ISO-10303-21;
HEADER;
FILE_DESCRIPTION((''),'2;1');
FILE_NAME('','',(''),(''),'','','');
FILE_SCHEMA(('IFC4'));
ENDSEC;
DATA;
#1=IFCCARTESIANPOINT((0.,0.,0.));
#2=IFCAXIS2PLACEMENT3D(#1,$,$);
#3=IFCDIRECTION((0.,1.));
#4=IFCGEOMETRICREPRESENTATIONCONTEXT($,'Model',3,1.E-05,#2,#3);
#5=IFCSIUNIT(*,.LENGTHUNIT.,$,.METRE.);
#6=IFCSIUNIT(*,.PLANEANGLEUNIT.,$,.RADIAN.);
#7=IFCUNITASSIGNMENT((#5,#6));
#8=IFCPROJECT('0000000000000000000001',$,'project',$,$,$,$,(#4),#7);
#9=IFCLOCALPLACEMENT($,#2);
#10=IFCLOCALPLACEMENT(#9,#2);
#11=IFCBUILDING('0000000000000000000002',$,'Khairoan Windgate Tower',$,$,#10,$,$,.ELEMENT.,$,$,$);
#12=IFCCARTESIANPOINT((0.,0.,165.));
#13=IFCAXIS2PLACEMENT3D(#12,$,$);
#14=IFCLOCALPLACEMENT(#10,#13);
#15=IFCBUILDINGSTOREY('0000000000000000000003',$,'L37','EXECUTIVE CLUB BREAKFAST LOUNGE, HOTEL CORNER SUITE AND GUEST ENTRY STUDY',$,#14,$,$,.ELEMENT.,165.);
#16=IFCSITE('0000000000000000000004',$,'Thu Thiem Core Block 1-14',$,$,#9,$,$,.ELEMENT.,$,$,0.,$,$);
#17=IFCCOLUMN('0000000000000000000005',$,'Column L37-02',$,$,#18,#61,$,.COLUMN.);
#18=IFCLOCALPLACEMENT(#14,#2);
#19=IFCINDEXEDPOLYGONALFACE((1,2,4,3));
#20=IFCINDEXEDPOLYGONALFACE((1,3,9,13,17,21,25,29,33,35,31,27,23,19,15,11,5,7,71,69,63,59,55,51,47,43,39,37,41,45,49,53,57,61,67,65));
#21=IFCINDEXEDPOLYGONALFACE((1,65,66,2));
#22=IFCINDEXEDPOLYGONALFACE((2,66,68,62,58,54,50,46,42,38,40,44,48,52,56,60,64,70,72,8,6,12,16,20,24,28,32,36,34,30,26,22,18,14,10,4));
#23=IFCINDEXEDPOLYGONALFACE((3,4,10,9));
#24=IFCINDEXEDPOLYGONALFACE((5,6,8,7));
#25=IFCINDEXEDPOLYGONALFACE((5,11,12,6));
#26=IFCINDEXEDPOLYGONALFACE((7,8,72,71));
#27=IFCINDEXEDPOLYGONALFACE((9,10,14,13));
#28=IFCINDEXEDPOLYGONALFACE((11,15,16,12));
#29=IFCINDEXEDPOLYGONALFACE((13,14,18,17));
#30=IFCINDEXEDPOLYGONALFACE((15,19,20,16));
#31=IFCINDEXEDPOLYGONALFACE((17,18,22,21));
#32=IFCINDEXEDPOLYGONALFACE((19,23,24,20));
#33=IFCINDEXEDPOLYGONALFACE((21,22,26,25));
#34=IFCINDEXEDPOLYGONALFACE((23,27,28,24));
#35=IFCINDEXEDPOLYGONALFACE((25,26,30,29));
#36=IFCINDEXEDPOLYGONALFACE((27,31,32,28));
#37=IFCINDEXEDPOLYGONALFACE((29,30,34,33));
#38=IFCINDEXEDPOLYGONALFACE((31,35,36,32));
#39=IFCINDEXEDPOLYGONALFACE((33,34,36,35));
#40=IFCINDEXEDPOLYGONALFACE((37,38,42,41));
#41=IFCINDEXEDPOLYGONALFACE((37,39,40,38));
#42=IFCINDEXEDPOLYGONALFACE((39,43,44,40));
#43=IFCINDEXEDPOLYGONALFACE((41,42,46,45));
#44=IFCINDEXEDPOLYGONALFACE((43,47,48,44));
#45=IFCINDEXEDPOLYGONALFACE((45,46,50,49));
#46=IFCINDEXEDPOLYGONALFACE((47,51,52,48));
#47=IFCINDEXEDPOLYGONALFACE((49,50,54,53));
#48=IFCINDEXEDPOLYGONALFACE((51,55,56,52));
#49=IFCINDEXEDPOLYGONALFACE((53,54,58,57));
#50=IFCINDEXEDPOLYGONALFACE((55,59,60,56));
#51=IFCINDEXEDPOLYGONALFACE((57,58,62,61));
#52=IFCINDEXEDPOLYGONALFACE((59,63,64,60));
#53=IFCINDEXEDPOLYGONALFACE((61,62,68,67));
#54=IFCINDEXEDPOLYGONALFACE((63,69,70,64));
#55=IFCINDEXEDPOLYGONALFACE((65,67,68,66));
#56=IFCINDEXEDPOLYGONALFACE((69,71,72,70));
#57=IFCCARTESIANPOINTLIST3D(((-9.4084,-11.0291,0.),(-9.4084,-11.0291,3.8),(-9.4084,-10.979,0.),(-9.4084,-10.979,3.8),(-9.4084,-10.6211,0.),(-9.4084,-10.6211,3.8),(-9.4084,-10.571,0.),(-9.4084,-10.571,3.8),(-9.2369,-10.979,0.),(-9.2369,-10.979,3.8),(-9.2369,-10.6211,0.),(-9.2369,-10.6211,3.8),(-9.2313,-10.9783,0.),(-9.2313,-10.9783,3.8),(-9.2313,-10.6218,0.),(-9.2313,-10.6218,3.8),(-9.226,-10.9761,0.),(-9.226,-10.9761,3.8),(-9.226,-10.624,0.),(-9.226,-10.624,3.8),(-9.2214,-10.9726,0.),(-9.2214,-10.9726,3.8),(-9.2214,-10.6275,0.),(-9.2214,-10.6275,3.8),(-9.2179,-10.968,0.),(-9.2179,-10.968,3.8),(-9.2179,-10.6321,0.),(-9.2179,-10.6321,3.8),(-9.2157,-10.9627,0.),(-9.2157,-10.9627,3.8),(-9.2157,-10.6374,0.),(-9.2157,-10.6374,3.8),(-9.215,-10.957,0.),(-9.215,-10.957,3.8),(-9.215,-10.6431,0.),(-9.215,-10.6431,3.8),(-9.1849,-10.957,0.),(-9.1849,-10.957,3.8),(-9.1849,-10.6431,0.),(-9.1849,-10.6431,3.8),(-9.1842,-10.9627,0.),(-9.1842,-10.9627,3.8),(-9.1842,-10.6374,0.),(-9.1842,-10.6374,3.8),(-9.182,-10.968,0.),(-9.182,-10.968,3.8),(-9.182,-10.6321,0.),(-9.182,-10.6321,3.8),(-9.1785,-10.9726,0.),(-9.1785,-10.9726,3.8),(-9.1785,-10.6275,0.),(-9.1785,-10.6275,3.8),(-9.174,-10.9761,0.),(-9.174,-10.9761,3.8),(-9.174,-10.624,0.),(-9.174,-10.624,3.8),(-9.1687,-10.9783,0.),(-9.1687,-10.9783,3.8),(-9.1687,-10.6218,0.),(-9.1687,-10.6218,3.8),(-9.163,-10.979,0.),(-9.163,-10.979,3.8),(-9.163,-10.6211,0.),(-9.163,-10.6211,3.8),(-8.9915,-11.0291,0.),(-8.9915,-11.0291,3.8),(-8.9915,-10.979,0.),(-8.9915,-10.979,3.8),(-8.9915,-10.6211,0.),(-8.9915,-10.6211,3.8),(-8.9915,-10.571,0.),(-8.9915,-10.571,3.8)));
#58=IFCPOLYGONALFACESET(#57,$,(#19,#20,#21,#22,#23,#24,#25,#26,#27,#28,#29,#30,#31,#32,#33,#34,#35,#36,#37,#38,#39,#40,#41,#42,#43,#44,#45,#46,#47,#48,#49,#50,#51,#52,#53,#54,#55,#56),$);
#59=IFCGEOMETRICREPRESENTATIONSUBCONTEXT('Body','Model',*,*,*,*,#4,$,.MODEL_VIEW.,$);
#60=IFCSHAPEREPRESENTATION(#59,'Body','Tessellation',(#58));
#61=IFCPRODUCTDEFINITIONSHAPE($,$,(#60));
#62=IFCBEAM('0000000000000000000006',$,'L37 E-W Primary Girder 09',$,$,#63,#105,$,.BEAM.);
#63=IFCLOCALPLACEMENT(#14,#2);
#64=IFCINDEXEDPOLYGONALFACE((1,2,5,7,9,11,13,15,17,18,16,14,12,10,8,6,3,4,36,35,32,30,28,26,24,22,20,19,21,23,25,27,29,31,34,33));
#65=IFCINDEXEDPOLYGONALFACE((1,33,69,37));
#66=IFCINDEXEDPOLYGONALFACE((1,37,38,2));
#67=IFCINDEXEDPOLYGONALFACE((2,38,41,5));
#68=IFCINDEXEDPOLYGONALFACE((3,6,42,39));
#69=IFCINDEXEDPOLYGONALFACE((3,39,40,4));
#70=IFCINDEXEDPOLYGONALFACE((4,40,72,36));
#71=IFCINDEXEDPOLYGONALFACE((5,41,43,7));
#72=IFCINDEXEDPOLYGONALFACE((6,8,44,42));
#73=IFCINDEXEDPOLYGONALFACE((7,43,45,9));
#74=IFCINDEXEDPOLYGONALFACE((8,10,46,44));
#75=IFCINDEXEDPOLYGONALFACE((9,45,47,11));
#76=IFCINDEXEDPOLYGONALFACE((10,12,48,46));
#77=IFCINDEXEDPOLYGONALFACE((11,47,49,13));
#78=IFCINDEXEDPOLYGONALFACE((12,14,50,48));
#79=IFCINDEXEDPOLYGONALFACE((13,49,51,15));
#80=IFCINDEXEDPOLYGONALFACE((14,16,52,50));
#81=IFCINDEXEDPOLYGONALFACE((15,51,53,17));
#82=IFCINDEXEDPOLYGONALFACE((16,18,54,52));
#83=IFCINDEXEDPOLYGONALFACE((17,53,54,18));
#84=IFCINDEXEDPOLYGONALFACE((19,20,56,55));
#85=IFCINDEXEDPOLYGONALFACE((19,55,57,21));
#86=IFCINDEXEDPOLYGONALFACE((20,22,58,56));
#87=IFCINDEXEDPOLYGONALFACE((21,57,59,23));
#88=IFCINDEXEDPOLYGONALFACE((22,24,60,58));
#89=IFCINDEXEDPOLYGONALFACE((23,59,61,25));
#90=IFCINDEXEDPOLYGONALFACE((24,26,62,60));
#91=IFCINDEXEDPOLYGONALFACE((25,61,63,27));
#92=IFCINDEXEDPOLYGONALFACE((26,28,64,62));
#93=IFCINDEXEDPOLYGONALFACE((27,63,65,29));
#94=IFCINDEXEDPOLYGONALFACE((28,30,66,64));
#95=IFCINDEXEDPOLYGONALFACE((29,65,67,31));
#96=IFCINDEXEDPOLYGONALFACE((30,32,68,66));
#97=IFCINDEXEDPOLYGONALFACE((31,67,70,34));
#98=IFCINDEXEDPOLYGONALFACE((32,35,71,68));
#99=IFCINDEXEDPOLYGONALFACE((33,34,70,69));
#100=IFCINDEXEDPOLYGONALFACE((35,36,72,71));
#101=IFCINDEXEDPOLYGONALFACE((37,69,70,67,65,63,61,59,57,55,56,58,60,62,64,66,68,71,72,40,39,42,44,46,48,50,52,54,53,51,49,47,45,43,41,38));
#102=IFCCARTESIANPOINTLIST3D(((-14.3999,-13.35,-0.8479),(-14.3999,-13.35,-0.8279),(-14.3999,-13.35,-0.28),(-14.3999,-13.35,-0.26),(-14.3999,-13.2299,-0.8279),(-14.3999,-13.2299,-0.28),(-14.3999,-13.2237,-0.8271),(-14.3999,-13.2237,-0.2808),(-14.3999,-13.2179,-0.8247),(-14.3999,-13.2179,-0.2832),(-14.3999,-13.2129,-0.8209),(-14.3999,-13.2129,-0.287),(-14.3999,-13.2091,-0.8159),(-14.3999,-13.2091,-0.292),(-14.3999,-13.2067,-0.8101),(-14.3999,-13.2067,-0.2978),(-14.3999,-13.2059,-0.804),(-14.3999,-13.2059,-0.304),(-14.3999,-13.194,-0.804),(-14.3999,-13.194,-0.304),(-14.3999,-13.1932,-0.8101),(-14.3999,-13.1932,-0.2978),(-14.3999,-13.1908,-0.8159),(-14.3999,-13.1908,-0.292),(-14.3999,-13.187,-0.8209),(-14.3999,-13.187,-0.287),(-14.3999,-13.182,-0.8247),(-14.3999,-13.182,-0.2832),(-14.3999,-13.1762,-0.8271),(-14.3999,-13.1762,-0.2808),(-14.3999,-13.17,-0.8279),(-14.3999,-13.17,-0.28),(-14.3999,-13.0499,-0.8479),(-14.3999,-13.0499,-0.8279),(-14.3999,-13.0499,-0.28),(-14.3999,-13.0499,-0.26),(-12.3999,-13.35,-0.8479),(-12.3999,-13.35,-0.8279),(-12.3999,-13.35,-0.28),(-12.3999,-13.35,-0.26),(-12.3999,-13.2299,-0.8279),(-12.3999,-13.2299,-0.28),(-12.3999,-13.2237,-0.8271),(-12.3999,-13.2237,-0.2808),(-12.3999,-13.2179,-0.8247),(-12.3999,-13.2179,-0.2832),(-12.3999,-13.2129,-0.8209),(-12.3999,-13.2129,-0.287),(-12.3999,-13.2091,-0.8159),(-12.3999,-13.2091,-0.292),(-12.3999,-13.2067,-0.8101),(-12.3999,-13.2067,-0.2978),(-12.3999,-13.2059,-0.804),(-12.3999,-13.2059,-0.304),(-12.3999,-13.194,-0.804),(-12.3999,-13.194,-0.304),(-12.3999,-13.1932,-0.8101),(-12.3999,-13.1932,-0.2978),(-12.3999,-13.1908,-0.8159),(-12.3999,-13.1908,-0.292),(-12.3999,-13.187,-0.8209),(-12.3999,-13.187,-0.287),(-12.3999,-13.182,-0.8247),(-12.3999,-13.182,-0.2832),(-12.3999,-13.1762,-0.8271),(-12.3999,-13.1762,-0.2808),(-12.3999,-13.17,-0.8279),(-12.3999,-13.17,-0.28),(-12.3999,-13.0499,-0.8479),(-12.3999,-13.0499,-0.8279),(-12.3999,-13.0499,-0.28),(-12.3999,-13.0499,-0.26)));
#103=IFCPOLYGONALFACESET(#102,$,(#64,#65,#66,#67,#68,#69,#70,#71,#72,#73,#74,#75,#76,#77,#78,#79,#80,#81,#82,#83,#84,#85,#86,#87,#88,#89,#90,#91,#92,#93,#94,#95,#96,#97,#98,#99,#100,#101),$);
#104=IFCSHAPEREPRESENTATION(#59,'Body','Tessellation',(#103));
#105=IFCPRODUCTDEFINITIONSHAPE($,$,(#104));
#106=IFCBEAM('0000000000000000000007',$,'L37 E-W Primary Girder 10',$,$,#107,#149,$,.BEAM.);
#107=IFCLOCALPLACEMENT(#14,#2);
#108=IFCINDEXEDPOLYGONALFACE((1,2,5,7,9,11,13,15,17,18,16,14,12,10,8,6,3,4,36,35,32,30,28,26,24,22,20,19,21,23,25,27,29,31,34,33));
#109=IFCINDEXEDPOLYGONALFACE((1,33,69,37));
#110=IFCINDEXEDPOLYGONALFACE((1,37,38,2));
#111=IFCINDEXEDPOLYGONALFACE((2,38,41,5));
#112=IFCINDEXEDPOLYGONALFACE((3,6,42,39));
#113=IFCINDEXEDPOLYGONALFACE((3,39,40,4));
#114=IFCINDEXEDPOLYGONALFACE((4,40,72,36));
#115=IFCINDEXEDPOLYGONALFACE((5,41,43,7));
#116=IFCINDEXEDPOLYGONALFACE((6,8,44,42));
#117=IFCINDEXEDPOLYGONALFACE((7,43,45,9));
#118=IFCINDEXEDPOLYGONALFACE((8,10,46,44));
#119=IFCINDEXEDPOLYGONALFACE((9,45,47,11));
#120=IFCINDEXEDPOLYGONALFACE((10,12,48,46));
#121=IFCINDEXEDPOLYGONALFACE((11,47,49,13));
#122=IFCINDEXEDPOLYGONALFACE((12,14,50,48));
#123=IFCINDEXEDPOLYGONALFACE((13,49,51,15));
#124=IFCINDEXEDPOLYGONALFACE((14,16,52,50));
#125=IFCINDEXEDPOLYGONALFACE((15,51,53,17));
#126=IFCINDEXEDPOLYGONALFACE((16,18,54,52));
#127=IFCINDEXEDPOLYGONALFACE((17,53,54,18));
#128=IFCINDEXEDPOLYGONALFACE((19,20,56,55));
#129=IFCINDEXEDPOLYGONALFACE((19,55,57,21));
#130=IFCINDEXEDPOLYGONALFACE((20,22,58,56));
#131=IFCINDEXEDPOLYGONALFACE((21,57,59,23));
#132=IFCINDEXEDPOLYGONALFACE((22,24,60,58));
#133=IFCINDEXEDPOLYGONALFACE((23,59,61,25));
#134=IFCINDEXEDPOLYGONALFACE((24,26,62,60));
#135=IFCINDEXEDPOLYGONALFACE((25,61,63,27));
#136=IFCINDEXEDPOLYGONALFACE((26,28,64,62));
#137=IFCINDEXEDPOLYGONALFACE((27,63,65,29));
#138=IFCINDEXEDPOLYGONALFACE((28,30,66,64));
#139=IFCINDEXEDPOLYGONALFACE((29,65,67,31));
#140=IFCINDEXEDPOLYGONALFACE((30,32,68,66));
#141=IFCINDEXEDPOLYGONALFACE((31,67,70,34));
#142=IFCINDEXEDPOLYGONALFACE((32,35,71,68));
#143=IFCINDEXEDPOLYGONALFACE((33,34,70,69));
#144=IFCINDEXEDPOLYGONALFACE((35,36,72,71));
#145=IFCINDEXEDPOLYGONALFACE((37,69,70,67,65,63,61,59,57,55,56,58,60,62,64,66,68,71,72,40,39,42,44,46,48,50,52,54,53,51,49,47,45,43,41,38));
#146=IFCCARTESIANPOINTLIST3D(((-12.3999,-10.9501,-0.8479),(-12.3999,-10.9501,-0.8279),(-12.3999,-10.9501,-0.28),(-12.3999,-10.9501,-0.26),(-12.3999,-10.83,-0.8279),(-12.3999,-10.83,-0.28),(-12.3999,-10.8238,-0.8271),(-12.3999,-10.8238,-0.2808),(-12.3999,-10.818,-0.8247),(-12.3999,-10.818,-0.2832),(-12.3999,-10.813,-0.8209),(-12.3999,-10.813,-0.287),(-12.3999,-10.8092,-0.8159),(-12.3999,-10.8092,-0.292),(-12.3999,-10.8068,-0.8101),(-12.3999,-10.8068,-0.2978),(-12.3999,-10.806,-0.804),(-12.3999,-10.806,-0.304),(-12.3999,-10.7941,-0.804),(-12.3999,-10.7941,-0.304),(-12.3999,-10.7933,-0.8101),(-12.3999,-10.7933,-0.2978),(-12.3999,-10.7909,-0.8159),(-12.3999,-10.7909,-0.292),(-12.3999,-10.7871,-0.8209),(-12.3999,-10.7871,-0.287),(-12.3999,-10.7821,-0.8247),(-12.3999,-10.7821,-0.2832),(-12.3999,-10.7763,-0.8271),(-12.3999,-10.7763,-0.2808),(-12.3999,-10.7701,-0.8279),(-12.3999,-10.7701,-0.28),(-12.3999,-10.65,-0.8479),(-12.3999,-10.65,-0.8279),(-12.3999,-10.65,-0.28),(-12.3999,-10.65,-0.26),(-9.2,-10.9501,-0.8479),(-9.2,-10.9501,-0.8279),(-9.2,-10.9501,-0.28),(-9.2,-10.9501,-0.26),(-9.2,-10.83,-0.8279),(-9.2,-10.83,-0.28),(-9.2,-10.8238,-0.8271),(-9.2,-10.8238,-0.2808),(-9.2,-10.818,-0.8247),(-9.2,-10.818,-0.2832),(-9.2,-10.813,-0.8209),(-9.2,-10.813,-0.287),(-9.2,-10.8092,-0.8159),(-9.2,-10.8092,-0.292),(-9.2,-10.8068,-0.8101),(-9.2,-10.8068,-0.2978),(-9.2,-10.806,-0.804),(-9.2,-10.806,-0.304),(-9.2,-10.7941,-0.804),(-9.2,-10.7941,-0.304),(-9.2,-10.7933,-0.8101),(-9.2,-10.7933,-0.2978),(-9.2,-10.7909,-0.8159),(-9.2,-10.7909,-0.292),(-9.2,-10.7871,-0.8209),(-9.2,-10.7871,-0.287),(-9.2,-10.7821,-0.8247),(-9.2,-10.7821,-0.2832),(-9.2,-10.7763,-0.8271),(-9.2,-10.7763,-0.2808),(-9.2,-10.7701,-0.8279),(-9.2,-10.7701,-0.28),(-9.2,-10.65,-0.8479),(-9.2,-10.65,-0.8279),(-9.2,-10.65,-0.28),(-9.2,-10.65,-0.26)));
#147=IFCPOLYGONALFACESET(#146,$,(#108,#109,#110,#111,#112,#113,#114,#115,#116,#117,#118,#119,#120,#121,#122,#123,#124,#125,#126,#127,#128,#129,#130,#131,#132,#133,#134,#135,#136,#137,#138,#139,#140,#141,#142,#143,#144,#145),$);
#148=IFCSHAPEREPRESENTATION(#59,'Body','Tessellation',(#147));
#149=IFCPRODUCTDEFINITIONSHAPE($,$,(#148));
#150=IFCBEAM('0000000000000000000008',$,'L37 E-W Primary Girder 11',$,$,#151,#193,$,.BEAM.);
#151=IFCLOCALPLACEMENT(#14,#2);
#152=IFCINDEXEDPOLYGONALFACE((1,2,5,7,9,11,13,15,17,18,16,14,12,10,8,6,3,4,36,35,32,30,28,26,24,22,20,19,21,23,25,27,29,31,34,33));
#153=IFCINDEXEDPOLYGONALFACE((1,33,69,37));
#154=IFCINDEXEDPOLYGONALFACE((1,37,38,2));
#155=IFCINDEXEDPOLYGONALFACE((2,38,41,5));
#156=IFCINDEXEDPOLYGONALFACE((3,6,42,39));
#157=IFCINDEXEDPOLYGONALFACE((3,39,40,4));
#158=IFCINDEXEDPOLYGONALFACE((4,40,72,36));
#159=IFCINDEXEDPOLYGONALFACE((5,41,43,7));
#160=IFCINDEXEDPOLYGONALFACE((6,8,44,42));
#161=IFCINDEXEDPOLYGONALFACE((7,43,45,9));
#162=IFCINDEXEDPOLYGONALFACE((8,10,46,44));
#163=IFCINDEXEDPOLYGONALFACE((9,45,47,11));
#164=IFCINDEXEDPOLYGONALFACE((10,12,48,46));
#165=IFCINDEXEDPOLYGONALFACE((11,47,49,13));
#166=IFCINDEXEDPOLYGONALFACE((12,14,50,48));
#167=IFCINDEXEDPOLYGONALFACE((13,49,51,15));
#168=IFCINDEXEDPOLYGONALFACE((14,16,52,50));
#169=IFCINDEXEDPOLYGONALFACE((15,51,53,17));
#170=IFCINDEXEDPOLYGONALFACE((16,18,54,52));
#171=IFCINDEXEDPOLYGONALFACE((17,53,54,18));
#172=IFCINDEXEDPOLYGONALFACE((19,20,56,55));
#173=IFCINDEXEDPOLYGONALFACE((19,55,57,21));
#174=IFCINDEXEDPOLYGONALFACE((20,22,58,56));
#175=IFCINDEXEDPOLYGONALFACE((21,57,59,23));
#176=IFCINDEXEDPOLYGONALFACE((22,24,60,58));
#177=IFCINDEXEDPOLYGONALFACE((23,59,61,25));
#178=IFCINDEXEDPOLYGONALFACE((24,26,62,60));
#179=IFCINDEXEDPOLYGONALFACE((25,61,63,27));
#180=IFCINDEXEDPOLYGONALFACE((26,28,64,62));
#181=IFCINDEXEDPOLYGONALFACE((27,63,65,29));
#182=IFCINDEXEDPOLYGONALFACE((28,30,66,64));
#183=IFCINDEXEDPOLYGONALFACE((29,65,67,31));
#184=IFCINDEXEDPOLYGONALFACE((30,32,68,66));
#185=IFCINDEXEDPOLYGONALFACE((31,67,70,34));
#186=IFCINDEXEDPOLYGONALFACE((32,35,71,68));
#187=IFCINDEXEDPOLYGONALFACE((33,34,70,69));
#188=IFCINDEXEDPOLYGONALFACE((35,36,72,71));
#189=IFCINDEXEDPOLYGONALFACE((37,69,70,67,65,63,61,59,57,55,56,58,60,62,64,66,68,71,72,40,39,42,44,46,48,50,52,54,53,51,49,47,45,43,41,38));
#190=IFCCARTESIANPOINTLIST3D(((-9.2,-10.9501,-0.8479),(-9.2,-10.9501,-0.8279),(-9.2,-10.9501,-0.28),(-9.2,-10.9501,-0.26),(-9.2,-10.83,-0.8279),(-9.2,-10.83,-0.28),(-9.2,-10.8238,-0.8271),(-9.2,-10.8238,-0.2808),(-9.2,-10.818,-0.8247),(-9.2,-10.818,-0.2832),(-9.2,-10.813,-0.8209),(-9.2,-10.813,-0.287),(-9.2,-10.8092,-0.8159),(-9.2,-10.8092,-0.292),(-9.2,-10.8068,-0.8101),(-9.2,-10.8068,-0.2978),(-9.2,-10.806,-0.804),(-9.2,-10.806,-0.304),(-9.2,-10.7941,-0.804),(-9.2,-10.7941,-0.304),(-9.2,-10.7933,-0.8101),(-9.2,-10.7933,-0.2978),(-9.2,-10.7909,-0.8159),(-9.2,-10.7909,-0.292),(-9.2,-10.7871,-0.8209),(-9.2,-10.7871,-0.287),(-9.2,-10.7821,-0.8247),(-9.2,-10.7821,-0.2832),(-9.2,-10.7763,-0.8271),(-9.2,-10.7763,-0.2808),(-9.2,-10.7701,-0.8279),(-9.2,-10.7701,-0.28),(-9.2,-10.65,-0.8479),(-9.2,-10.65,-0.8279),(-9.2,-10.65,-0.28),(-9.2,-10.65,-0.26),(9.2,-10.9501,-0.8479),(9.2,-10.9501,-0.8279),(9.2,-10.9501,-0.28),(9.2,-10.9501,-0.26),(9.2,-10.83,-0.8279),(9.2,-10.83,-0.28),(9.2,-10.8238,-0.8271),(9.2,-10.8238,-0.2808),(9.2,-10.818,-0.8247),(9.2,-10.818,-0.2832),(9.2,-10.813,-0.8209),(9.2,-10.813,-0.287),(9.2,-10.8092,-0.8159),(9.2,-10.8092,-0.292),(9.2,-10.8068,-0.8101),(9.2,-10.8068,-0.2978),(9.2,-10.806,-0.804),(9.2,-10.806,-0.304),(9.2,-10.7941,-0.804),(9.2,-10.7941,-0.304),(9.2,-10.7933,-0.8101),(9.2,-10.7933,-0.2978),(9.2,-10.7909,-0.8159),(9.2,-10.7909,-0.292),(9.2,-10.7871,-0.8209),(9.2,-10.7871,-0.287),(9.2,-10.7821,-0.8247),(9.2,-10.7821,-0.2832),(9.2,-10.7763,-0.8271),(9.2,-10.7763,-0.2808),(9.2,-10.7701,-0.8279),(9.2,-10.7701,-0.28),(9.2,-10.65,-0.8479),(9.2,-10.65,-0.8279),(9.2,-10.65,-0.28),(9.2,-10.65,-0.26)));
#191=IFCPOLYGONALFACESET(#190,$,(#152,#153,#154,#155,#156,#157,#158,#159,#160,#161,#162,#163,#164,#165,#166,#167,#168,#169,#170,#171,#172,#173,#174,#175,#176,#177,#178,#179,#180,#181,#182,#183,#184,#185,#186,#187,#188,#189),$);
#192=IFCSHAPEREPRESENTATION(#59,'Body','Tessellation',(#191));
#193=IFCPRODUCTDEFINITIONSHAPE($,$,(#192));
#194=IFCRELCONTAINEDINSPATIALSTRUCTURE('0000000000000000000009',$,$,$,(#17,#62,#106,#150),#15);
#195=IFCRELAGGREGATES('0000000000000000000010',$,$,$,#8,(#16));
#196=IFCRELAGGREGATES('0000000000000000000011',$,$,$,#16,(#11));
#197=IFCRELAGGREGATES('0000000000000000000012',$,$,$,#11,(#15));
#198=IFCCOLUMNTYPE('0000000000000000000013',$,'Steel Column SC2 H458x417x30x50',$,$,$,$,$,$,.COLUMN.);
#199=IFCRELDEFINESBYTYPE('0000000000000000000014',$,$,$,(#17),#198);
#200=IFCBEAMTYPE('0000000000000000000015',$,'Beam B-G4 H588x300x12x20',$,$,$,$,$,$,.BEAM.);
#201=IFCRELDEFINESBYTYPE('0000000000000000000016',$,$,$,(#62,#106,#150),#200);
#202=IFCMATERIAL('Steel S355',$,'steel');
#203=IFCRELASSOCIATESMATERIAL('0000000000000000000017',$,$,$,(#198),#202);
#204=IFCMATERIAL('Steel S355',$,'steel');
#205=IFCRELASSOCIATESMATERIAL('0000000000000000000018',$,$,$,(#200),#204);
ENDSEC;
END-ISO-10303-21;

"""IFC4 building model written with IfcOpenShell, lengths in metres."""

from ifc_helpers import new_model, si_unit, direction, frame, origin, origin_2d, place, context, subcontext, project, spatial, i_section, extrude, material, material_profile, profile_set, type_object, element, save


model = new_model("IFC4")

# Units and contexts
model_context = context("Model", 3, precision=1e-05, world=origin(), true_north=direction((0.0, 1.0)))
body_context = subcontext(model_context, "Body", "Model", "MODEL_VIEW")
ifc_project = project(units=[si_unit("LENGTHUNIT", "METRE"), si_unit("PLANEANGLEUNIT", "RADIAN")], contexts=[model_context])

# Site, building, storey
site_placement = place(None, origin())
site = spatial("IfcSite", under=ifc_project, at=site_placement, Name="Thu Thiem Core Block 1-14", CompositionType="ELEMENT", RefElevation=0.0)
building_placement = place(site_placement, origin())
building = spatial("IfcBuilding", under=site, at=building_placement, Name="Khairoan Windgate Tower", CompositionType="ELEMENT")
storey_placement = place(building_placement, frame((0.0, 0.0, 165.0)))
storey = spatial("IfcBuildingStorey", under=building, at=storey_placement, Name="L37", Description="EXECUTIVE CLUB BREAKFAST LOUNGE, HOTEL CORNER SUITE AND GUEST ENTRY STUDY", CompositionType="ELEMENT", Elevation=165.0)

# Column
ifc_material_1 = material(Name="Steel S355", Category="steel")
ifc_material_profile_1 = material_profile(ifc_material_1, i_section(OverallWidth=0.417, OverallDepth=0.458, WebThickness=0.03, FlangeThickness=0.05, FilletRadius=0.022, at=origin_2d()))
ifc_profile_set_1 = profile_set([ifc_material_profile_1], Name="Steel S355")
column_type = type_object("IfcColumnType", Name="Steel Column SC2 H458x417x30x50", PredefinedType="COLUMN", material=ifc_profile_set_1)
column_placement = place(storey_placement, frame((-9.2, -10.8, 0.0), z_axis=(0.0, 0.0, 1.0), x_axis=(1.0, 0.0, 0.0)))
element("IfcColumn", 1, at=column_placement, inside=storey, type_object=column_type, Name="Column L37-02", PredefinedType="COLUMN", context=body_context, shape_type="SweptSolid", body=[
    extrude(i_section(OverallWidth=0.417, OverallDepth=0.458, WebThickness=0.03, FlangeThickness=0.05, FilletRadius=0.022, at=origin_2d()), origin(), (0.0, 0.0, 1.0), 3.8),
])

# Beams
ifc_material_2 = material(Name="Steel S355", Category="steel")
ifc_material_profile_2 = material_profile(ifc_material_2, i_section(OverallWidth=0.3, OverallDepth=0.5879, WebThickness=0.012, FlangeThickness=0.02, FilletRadius=0.0239, at=origin_2d()))
ifc_profile_set_2 = profile_set([ifc_material_profile_2], Name="Steel S355")
beam_type_1 = type_object("IfcBeamType", Name="Beam B-G4 H588x300x12x20", PredefinedType="BEAM", material=ifc_profile_set_2)
beam_1_placement = place(storey_placement, frame((-14.3999, -13.2, -0.554), z_axis=(1.0, 0.0, 0.0), x_axis=(0.0, 1.0, 0.0)))
element("IfcBeam", 2, at=beam_1_placement, inside=storey, type_object=beam_type_1, Name="L37 E-W Primary Girder 09", PredefinedType="BEAM", context=body_context, shape_type="SweptSolid", body=[
    extrude(i_section(OverallWidth=0.3, OverallDepth=0.5879, WebThickness=0.012, FlangeThickness=0.02, FilletRadius=0.0239, at=origin_2d()), origin(), (0.0, 0.0, 1.0), 2.0),
])
beam_2_placement = place(storey_placement, frame((-12.3999, -10.8, -0.554), z_axis=(1.0, 0.0, 0.0), x_axis=(0.0, 1.0, 0.0)))
element("IfcBeam", 3, at=beam_2_placement, inside=storey, type_object=beam_type_1, Name="L37 E-W Primary Girder 10", PredefinedType="BEAM", context=body_context, shape_type="SweptSolid", body=[
    extrude(i_section(OverallWidth=0.3, OverallDepth=0.5879, WebThickness=0.012, FlangeThickness=0.02, FilletRadius=0.0239, at=origin_2d()), origin(), (0.0, 0.0, 1.0), 3.2),
])
beam_3_placement = place(storey_placement, frame((-9.2, -10.8, -0.554), z_axis=(1.0, 0.0, 0.0), x_axis=(0.0, 1.0, 0.0)))
element("IfcBeam", 4, at=beam_3_placement, inside=storey, type_object=beam_type_1, Name="L37 E-W Primary Girder 11", PredefinedType="BEAM", context=body_context, shape_type="SweptSolid", body=[
    extrude(i_section(OverallWidth=0.3, OverallDepth=0.5879, WebThickness=0.012, FlangeThickness=0.02, FilletRadius=0.0239, at=origin_2d()), origin(), (0.0, 0.0, 1.0), 18.3999),
])

save(model, "model.ifc")
